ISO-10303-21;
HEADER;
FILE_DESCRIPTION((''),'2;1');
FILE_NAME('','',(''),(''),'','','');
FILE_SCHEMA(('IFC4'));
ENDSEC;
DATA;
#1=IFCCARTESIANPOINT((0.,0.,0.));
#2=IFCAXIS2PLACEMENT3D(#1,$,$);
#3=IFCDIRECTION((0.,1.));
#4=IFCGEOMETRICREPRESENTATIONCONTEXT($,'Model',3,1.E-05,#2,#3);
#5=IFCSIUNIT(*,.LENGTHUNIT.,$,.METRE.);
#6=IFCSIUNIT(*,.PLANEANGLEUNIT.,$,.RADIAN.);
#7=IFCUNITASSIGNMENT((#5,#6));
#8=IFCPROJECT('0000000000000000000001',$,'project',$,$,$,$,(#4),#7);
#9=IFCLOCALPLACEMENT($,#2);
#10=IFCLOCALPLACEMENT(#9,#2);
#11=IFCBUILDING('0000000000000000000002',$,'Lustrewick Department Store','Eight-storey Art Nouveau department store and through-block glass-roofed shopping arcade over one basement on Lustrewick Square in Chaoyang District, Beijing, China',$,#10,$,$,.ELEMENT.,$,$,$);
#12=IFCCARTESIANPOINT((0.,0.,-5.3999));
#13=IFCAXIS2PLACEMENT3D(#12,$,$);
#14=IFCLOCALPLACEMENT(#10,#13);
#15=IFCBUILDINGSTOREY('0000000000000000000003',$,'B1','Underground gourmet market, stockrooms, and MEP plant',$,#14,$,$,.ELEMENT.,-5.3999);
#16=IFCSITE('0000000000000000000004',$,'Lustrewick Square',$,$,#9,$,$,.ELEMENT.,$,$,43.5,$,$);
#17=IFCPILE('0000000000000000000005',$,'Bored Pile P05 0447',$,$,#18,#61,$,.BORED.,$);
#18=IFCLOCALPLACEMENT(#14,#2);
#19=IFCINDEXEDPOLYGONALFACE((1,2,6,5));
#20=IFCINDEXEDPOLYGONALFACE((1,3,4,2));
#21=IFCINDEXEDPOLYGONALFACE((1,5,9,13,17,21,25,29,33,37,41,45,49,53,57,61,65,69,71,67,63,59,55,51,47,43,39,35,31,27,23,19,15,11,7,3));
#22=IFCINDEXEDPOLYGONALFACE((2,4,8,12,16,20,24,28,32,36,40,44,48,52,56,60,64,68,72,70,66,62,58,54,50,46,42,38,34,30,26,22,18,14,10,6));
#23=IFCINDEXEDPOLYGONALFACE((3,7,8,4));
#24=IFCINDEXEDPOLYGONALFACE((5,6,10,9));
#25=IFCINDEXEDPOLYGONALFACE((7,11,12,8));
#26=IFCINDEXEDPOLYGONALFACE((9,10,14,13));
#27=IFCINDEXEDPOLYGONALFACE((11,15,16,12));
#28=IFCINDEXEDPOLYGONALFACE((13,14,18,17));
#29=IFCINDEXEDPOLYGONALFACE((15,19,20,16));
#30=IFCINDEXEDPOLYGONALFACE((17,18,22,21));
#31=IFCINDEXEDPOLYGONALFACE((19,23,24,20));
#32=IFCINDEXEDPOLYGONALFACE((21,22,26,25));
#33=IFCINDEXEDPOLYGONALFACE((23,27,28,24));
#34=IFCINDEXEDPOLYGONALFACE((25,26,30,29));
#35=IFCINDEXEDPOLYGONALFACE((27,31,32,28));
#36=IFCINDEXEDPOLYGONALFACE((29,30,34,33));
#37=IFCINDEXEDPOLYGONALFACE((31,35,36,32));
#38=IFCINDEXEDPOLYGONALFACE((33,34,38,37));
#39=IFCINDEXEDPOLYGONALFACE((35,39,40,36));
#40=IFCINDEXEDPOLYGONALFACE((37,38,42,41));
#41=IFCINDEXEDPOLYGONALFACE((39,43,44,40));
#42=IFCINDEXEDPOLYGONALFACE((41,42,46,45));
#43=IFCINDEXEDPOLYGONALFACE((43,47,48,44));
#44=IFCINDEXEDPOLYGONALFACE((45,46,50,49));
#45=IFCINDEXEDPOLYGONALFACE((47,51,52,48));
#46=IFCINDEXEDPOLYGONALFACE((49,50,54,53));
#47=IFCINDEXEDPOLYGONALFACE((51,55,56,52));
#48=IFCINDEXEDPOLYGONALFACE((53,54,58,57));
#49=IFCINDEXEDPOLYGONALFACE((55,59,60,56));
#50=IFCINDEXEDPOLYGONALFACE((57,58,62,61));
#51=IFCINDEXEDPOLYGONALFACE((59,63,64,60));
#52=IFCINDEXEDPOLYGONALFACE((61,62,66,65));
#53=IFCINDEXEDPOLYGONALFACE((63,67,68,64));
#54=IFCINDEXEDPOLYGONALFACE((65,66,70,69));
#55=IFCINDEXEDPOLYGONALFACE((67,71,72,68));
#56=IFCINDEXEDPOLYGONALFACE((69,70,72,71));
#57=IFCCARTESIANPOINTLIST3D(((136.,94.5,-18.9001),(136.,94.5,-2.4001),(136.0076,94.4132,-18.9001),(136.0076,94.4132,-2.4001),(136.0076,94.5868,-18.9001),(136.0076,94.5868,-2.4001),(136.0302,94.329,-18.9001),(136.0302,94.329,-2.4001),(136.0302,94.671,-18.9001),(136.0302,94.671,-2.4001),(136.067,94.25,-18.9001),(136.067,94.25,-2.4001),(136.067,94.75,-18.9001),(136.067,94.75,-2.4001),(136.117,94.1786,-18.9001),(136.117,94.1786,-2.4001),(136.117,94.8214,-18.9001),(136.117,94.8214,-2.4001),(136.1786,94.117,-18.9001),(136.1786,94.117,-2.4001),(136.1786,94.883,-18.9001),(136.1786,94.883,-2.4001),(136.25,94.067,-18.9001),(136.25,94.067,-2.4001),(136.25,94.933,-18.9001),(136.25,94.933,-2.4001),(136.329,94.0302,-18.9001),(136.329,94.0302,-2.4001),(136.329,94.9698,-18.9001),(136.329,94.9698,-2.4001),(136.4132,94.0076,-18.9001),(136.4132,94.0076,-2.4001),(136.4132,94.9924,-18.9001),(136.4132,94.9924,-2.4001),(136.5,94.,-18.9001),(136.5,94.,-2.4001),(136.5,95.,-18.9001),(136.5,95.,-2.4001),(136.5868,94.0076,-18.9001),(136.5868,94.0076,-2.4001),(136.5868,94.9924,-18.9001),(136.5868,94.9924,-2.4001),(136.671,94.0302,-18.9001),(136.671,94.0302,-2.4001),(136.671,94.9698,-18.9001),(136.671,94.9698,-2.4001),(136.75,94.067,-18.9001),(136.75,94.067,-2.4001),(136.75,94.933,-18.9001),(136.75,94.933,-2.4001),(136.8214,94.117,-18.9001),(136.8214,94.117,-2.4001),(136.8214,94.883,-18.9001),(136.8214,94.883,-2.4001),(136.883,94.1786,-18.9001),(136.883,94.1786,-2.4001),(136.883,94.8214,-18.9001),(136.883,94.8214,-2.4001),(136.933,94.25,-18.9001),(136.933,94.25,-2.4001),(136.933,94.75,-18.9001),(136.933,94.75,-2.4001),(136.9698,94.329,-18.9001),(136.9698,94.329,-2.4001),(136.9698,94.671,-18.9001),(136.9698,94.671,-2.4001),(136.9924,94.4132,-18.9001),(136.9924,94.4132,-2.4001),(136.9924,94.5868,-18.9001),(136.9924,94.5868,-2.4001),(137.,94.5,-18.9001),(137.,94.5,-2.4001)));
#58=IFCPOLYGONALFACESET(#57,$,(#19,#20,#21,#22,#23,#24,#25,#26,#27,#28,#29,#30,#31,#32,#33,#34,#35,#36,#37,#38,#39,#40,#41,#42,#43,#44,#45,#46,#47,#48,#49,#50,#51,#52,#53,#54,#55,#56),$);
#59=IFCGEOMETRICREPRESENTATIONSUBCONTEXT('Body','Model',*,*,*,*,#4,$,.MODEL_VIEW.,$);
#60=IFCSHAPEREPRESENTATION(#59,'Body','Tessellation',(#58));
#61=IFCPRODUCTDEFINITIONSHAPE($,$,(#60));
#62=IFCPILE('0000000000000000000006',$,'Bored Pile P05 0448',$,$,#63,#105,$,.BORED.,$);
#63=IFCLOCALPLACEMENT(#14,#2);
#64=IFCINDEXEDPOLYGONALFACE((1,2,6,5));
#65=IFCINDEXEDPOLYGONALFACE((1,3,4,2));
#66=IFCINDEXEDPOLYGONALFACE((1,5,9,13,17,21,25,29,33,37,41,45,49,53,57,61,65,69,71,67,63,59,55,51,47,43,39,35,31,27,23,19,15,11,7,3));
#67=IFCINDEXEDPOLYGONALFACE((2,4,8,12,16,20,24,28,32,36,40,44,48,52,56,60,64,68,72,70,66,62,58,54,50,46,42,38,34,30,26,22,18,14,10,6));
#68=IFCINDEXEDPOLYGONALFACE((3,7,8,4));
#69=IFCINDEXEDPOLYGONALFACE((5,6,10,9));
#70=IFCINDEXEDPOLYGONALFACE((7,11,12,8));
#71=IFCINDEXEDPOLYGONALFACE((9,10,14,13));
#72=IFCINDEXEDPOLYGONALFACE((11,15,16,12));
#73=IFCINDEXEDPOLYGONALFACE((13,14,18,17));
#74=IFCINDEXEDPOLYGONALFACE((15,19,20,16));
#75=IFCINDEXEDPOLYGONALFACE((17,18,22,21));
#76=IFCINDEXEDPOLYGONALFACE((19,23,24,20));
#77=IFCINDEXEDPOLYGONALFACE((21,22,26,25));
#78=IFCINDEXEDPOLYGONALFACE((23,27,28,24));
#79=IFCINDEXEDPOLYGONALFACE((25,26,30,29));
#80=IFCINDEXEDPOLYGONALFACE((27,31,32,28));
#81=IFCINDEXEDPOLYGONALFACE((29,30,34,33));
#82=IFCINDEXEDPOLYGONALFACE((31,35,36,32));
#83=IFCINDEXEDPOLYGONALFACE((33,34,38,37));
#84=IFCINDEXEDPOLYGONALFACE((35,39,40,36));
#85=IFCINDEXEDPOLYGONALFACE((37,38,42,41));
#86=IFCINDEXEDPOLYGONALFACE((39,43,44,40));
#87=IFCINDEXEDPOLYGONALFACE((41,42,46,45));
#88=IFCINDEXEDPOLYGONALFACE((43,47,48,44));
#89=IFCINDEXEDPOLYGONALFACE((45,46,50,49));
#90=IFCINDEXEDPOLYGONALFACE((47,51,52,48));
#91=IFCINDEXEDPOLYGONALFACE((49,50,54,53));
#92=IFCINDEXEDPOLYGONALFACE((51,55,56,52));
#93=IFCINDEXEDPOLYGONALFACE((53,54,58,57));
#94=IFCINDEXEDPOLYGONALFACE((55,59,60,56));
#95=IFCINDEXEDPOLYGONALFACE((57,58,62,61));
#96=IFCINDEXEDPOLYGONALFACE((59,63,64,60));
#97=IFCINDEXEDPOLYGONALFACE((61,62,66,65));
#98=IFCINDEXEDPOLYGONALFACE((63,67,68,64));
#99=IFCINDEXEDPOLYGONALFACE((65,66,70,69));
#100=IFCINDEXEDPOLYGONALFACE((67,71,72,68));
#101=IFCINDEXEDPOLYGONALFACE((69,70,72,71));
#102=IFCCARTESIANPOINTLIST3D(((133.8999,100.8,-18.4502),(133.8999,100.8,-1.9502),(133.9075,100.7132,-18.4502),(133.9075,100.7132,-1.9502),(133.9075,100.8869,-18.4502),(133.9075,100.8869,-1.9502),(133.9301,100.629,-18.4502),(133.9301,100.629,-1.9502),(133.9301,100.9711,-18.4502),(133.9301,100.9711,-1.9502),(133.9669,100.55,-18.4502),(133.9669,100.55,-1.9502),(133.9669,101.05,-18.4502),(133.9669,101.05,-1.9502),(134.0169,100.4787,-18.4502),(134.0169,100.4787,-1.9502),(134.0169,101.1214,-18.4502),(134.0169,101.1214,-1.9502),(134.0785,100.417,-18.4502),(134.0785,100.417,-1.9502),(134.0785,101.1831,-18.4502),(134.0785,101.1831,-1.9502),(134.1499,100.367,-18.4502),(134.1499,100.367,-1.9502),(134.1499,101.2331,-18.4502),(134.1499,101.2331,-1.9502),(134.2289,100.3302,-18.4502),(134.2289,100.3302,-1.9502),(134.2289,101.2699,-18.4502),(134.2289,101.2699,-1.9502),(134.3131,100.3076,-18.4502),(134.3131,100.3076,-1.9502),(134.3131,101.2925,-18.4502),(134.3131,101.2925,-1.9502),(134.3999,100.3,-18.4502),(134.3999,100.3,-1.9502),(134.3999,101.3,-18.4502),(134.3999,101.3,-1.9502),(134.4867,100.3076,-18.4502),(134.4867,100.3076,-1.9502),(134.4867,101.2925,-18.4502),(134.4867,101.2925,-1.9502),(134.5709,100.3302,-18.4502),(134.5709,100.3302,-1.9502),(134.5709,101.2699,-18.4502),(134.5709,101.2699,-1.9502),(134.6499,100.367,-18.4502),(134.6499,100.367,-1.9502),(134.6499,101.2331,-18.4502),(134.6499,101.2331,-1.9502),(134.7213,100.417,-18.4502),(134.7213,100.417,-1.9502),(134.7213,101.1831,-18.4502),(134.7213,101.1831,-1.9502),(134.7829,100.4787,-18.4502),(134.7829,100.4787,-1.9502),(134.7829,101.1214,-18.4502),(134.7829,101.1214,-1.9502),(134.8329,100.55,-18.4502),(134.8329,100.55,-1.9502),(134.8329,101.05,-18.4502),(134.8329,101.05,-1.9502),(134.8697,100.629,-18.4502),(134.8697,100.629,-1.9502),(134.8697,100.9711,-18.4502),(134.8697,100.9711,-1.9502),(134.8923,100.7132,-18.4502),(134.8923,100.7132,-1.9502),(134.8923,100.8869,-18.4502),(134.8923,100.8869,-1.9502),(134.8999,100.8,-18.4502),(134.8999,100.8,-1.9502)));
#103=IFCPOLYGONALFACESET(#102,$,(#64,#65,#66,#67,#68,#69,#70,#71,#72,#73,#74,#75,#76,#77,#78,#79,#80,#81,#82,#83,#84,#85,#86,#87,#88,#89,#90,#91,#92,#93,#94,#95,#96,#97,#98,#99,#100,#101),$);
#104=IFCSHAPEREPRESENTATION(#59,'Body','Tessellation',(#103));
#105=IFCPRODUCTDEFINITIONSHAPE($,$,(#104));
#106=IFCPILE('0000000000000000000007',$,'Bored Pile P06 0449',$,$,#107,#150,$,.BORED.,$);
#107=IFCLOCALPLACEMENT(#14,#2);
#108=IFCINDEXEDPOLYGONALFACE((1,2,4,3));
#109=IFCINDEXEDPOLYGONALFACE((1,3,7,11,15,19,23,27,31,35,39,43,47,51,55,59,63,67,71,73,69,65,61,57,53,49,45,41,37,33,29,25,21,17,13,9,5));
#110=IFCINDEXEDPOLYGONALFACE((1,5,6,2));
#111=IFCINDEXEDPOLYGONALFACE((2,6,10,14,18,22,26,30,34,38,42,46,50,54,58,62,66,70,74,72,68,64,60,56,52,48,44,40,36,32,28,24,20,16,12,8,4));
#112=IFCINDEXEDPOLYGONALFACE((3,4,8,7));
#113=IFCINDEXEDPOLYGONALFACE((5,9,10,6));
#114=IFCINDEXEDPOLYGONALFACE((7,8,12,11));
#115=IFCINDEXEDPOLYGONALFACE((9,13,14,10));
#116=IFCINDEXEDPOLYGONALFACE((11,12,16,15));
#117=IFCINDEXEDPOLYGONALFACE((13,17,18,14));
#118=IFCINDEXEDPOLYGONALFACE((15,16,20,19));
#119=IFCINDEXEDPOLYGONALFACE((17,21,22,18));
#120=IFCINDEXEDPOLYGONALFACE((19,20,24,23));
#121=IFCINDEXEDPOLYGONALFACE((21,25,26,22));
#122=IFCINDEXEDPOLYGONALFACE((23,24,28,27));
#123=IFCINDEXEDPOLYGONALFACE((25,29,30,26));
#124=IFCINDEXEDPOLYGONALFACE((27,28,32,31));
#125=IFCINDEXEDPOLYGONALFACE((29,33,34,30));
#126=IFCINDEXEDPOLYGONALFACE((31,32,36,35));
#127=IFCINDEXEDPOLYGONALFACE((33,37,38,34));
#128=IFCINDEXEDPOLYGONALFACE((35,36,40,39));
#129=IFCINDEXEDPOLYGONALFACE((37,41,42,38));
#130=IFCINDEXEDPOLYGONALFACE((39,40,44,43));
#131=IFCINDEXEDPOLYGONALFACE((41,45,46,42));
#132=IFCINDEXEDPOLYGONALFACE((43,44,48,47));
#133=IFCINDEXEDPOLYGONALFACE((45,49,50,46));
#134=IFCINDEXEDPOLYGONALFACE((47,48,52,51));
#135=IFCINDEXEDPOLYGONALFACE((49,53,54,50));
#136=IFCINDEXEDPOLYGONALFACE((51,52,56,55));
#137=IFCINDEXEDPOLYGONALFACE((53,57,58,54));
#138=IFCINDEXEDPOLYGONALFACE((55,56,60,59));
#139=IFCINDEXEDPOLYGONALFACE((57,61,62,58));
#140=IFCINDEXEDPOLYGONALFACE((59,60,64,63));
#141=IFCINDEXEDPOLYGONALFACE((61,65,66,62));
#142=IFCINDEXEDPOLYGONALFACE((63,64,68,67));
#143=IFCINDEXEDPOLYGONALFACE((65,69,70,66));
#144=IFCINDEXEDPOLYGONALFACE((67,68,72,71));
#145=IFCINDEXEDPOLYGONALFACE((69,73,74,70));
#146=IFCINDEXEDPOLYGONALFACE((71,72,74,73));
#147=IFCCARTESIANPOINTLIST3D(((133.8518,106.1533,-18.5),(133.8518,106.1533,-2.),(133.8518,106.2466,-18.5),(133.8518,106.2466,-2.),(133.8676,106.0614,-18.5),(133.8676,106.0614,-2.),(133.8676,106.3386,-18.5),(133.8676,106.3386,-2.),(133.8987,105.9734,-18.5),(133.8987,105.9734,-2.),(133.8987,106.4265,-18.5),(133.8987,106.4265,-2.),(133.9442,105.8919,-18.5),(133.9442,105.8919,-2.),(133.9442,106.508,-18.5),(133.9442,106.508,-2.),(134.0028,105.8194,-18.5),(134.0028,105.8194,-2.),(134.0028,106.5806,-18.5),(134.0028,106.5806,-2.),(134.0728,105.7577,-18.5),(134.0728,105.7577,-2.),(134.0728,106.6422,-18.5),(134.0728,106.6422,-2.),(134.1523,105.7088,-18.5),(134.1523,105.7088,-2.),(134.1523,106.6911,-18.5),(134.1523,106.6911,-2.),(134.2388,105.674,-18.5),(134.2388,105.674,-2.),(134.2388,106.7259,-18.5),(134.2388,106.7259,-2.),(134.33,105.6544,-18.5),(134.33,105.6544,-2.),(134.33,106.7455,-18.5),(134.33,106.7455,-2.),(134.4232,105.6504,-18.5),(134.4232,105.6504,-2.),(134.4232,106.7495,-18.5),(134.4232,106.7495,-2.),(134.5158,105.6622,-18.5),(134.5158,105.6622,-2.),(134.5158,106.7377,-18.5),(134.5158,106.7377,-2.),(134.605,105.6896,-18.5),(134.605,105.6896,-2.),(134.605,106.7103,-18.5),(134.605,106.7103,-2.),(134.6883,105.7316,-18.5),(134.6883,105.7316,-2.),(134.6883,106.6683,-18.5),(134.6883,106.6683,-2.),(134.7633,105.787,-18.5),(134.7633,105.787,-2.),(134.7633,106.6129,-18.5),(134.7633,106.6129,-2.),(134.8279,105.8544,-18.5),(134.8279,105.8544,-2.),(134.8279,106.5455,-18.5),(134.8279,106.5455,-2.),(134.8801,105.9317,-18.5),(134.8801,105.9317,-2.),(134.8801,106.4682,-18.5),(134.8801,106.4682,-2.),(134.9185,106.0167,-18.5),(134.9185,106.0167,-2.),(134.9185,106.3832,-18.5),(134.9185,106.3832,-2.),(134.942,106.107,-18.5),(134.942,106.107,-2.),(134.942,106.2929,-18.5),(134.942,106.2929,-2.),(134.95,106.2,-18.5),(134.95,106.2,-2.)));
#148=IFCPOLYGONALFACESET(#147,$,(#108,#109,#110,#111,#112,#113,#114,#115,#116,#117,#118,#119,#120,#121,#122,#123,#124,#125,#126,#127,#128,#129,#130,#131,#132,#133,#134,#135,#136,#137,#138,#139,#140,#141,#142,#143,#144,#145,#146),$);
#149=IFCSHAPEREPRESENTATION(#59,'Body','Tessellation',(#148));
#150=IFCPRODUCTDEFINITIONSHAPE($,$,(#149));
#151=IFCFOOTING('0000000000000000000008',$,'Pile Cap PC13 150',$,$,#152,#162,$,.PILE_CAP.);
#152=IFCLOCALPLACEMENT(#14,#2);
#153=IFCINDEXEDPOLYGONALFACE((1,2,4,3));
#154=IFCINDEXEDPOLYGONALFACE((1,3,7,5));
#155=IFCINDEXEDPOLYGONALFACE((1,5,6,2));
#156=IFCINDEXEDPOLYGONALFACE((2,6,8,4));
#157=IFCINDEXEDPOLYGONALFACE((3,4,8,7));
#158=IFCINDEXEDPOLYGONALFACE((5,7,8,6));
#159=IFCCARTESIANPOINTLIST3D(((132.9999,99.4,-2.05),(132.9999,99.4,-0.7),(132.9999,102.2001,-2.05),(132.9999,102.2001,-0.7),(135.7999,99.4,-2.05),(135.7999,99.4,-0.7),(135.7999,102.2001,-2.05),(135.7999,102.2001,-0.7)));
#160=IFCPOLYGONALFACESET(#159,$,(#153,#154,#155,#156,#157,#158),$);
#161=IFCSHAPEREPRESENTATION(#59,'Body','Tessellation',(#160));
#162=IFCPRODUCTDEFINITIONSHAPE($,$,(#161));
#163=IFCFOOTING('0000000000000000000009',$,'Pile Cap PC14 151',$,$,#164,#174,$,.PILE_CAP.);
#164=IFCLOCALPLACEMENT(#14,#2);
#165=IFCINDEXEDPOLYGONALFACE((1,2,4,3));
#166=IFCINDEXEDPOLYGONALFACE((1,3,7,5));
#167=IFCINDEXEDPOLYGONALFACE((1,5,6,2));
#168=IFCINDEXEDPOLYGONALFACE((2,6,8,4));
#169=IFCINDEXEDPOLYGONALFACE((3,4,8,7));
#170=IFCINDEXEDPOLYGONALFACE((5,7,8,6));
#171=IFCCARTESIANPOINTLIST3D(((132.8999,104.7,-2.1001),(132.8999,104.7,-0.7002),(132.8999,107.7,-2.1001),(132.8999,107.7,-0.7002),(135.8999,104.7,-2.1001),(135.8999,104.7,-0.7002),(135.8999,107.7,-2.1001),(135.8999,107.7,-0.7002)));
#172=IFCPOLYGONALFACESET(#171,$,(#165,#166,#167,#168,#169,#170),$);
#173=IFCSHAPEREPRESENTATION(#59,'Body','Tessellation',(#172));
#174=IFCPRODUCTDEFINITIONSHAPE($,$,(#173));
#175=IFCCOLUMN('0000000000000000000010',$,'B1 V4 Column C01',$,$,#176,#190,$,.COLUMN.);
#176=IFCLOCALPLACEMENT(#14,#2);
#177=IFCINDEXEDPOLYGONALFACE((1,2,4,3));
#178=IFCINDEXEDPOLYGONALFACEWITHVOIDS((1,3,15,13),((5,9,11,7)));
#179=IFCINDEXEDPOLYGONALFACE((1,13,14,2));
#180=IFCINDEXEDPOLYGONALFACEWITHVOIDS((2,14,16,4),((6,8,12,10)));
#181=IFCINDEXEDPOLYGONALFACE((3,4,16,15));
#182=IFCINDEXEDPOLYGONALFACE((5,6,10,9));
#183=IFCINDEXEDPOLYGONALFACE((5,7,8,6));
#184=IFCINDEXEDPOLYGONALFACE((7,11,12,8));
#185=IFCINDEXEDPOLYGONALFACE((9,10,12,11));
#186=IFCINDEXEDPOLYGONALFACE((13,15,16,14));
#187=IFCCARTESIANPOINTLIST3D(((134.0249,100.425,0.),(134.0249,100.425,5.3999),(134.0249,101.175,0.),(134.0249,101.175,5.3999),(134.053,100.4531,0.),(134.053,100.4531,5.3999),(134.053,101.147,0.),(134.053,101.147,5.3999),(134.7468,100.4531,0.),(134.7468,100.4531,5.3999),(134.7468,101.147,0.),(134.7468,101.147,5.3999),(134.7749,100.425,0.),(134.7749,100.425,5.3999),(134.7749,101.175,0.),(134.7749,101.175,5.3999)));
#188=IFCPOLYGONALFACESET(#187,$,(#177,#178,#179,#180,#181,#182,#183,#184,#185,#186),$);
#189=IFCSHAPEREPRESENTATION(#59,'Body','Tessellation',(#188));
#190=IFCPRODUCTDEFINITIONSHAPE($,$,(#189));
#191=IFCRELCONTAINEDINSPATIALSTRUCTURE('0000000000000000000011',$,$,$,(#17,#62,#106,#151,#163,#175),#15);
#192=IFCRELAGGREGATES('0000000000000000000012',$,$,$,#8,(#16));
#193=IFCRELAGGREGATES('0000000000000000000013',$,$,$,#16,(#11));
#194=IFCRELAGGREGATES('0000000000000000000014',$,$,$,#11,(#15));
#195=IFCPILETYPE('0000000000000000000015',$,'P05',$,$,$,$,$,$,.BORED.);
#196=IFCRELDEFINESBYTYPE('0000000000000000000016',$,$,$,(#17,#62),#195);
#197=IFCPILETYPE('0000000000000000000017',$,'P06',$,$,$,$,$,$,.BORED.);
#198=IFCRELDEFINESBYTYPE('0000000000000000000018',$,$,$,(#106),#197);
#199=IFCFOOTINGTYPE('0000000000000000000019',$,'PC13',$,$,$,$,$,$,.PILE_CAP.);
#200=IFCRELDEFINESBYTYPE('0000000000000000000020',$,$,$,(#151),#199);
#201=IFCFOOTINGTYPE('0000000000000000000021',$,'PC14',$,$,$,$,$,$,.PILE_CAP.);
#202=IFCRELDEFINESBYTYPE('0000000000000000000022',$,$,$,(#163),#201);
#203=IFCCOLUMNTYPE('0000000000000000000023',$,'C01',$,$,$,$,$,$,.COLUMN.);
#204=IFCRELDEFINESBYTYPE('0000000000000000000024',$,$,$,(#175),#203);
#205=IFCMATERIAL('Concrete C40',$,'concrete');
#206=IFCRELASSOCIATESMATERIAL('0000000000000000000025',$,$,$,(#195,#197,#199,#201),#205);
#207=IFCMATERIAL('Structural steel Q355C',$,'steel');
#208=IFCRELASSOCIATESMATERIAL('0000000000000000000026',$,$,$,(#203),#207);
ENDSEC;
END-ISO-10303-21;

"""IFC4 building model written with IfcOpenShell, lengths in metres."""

from ifc_helpers import new_model, si_unit, direction, frame, origin, origin_2d, place, context, subcontext, project, spatial, rectangle, hollow_rectangle, circle, extrude, material, material_profile, profile_set, type_object, element, save


model = new_model("IFC4")

# Units and contexts
model_context = context("Model", 3, precision=1e-05, world=origin(), true_north=direction((0.0, 1.0)))
body_context = subcontext(model_context, "Body", "Model", "MODEL_VIEW")
ifc_project = project(units=[si_unit("LENGTHUNIT", "METRE"), si_unit("PLANEANGLEUNIT", "RADIAN")], contexts=[model_context])

# Site, building, storey
site_placement = place(None, origin())
site = spatial("IfcSite", under=ifc_project, at=site_placement, Name="Lustrewick Square", CompositionType="ELEMENT", RefElevation=43.5)
building_placement = place(site_placement, origin())
building = spatial("IfcBuilding", under=site, at=building_placement, Name="Lustrewick Department Store", Description="Eight-storey Art Nouveau department store and through-block glass-roofed shopping arcade over one basement on Lustrewick Square in Chaoyang District, Beijing, China", CompositionType="ELEMENT")
storey_placement = place(building_placement, frame((0.0, 0.0, -5.3999)))
storey = spatial("IfcBuildingStorey", under=building, at=storey_placement, Name="B1", Description="Underground gourmet market, stockrooms, and MEP plant", CompositionType="ELEMENT", Elevation=-5.3999)

# Piles
ifc_material_1 = material(Name="Concrete C40", Category="concrete")
ifc_material_profile_1 = material_profile(ifc_material_1, circle(Radius=0.5, at=origin_2d()), Name="PILE D1000")
ifc_profile_set_1 = profile_set([ifc_material_profile_1], Name="Concrete C40")
pile_type_1 = type_object("IfcPileType", Name="P05", PredefinedType="BORED", material=ifc_profile_set_1)
for number, where, z_axis, x_axis, name in (
    (1, (136.5, 94.5, -2.4001), (0.0, 0.0, -1.0), (1.0, 0.0, 0.0), "Bored Pile P05 0447"),
    (2, (134.3999, 100.8, -1.9502), (0.0, 0.0, -1.0), (1.0, 0.0, 0.0), "Bored Pile P05 0448"),
):
    element("IfcPile", number, at=place(storey_placement, frame(where, z_axis=z_axis, x_axis=x_axis)), inside=storey, type_object=pile_type_1, Name=name, PredefinedType="BORED", context=body_context, shape_type="SweptSolid", body=[
        extrude(circle(Radius=0.5, at=origin_2d()), origin(), (0.0, 0.0, 1.0), 16.5),
    ])
ifc_material_profile_2 = material_profile(ifc_material_1, circle(Radius=0.55, at=origin_2d()), Name="PILE D1100")
ifc_profile_set_2 = profile_set([ifc_material_profile_2], Name="Concrete C40")
pile_type_2 = type_object("IfcPileType", Name="P06", PredefinedType="BORED", material=ifc_profile_set_2)
pile_1_placement = place(storey_placement, frame((134.3999, 106.2, -2.0), z_axis=(0.0, 0.0, -1.0), x_axis=(1.0, 0.0, 0.0)))
element("IfcPile", 3, at=pile_1_placement, inside=storey, type_object=pile_type_2, Name="Bored Pile P06 0449", PredefinedType="BORED", context=body_context, shape_type="SweptSolid", body=[
    extrude(circle(Radius=0.55, at=origin_2d()), origin(), (0.0, 0.0, 1.0), 16.5),
])

# Footings
footing_type_1 = type_object("IfcFootingType", Name="PC13", PredefinedType="PILE_CAP", material=ifc_material_1)
footing_1_placement = place(storey_placement, frame((134.3999, 100.8, -2.05), z_axis=(0.0, 0.0, 1.0), x_axis=(1.0, 0.0, 0.0)))
element("IfcFooting", 4, at=footing_1_placement, inside=storey, type_object=footing_type_1, Name="Pile Cap PC13 150", PredefinedType="PILE_CAP", context=body_context, shape_type="SweptSolid", body=[
    extrude(rectangle(XDim=2.8, YDim=2.8, at=origin_2d()), origin(), (0.0, 0.0, 1.0), 1.3501),
])
footing_type_2 = type_object("IfcFootingType", Name="PC14", PredefinedType="PILE_CAP", material=ifc_material_1)
footing_2_placement = place(storey_placement, frame((134.3999, 106.2, -2.1001), z_axis=(0.0, 0.0, 1.0), x_axis=(1.0, 0.0, 0.0)))
element("IfcFooting", 5, at=footing_2_placement, inside=storey, type_object=footing_type_2, Name="Pile Cap PC14 151", PredefinedType="PILE_CAP", context=body_context, shape_type="SweptSolid", body=[
    extrude(rectangle(XDim=3.0, YDim=3.0, at=origin_2d()), origin(), (0.0, 0.0, 1.0), 1.3999),
])

# Column
ifc_material_2 = material(Name="Structural steel Q355C", Category="steel")
ifc_material_profile_3 = material_profile(ifc_material_2, hollow_rectangle(XDim=0.75, YDim=0.75, WallThickness=0.0281, at=origin_2d()), Name="BOX 750x750x28")
ifc_profile_set_3 = profile_set([ifc_material_profile_3], Name="Structural steel Q355C")
column_type_1 = type_object("IfcColumnType", Name="C01", PredefinedType="COLUMN", material=ifc_profile_set_3)
column_1_placement = place(storey_placement, frame((134.3999, 100.8, 0.0), z_axis=(0.0, 0.0, 1.0), x_axis=(1.0, 0.0, 0.0)))
element("IfcColumn", 6, at=column_1_placement, inside=storey, type_object=column_type_1, Name="B1 V4 Column C01", PredefinedType="COLUMN", context=body_context, shape_type="SweptSolid", body=[
    extrude(hollow_rectangle(XDim=0.75, YDim=0.75, WallThickness=0.0281, at=origin_2d()), origin(), (0.0, 0.0, 1.0), 5.3999),
])

save(model, "model.ifc")
